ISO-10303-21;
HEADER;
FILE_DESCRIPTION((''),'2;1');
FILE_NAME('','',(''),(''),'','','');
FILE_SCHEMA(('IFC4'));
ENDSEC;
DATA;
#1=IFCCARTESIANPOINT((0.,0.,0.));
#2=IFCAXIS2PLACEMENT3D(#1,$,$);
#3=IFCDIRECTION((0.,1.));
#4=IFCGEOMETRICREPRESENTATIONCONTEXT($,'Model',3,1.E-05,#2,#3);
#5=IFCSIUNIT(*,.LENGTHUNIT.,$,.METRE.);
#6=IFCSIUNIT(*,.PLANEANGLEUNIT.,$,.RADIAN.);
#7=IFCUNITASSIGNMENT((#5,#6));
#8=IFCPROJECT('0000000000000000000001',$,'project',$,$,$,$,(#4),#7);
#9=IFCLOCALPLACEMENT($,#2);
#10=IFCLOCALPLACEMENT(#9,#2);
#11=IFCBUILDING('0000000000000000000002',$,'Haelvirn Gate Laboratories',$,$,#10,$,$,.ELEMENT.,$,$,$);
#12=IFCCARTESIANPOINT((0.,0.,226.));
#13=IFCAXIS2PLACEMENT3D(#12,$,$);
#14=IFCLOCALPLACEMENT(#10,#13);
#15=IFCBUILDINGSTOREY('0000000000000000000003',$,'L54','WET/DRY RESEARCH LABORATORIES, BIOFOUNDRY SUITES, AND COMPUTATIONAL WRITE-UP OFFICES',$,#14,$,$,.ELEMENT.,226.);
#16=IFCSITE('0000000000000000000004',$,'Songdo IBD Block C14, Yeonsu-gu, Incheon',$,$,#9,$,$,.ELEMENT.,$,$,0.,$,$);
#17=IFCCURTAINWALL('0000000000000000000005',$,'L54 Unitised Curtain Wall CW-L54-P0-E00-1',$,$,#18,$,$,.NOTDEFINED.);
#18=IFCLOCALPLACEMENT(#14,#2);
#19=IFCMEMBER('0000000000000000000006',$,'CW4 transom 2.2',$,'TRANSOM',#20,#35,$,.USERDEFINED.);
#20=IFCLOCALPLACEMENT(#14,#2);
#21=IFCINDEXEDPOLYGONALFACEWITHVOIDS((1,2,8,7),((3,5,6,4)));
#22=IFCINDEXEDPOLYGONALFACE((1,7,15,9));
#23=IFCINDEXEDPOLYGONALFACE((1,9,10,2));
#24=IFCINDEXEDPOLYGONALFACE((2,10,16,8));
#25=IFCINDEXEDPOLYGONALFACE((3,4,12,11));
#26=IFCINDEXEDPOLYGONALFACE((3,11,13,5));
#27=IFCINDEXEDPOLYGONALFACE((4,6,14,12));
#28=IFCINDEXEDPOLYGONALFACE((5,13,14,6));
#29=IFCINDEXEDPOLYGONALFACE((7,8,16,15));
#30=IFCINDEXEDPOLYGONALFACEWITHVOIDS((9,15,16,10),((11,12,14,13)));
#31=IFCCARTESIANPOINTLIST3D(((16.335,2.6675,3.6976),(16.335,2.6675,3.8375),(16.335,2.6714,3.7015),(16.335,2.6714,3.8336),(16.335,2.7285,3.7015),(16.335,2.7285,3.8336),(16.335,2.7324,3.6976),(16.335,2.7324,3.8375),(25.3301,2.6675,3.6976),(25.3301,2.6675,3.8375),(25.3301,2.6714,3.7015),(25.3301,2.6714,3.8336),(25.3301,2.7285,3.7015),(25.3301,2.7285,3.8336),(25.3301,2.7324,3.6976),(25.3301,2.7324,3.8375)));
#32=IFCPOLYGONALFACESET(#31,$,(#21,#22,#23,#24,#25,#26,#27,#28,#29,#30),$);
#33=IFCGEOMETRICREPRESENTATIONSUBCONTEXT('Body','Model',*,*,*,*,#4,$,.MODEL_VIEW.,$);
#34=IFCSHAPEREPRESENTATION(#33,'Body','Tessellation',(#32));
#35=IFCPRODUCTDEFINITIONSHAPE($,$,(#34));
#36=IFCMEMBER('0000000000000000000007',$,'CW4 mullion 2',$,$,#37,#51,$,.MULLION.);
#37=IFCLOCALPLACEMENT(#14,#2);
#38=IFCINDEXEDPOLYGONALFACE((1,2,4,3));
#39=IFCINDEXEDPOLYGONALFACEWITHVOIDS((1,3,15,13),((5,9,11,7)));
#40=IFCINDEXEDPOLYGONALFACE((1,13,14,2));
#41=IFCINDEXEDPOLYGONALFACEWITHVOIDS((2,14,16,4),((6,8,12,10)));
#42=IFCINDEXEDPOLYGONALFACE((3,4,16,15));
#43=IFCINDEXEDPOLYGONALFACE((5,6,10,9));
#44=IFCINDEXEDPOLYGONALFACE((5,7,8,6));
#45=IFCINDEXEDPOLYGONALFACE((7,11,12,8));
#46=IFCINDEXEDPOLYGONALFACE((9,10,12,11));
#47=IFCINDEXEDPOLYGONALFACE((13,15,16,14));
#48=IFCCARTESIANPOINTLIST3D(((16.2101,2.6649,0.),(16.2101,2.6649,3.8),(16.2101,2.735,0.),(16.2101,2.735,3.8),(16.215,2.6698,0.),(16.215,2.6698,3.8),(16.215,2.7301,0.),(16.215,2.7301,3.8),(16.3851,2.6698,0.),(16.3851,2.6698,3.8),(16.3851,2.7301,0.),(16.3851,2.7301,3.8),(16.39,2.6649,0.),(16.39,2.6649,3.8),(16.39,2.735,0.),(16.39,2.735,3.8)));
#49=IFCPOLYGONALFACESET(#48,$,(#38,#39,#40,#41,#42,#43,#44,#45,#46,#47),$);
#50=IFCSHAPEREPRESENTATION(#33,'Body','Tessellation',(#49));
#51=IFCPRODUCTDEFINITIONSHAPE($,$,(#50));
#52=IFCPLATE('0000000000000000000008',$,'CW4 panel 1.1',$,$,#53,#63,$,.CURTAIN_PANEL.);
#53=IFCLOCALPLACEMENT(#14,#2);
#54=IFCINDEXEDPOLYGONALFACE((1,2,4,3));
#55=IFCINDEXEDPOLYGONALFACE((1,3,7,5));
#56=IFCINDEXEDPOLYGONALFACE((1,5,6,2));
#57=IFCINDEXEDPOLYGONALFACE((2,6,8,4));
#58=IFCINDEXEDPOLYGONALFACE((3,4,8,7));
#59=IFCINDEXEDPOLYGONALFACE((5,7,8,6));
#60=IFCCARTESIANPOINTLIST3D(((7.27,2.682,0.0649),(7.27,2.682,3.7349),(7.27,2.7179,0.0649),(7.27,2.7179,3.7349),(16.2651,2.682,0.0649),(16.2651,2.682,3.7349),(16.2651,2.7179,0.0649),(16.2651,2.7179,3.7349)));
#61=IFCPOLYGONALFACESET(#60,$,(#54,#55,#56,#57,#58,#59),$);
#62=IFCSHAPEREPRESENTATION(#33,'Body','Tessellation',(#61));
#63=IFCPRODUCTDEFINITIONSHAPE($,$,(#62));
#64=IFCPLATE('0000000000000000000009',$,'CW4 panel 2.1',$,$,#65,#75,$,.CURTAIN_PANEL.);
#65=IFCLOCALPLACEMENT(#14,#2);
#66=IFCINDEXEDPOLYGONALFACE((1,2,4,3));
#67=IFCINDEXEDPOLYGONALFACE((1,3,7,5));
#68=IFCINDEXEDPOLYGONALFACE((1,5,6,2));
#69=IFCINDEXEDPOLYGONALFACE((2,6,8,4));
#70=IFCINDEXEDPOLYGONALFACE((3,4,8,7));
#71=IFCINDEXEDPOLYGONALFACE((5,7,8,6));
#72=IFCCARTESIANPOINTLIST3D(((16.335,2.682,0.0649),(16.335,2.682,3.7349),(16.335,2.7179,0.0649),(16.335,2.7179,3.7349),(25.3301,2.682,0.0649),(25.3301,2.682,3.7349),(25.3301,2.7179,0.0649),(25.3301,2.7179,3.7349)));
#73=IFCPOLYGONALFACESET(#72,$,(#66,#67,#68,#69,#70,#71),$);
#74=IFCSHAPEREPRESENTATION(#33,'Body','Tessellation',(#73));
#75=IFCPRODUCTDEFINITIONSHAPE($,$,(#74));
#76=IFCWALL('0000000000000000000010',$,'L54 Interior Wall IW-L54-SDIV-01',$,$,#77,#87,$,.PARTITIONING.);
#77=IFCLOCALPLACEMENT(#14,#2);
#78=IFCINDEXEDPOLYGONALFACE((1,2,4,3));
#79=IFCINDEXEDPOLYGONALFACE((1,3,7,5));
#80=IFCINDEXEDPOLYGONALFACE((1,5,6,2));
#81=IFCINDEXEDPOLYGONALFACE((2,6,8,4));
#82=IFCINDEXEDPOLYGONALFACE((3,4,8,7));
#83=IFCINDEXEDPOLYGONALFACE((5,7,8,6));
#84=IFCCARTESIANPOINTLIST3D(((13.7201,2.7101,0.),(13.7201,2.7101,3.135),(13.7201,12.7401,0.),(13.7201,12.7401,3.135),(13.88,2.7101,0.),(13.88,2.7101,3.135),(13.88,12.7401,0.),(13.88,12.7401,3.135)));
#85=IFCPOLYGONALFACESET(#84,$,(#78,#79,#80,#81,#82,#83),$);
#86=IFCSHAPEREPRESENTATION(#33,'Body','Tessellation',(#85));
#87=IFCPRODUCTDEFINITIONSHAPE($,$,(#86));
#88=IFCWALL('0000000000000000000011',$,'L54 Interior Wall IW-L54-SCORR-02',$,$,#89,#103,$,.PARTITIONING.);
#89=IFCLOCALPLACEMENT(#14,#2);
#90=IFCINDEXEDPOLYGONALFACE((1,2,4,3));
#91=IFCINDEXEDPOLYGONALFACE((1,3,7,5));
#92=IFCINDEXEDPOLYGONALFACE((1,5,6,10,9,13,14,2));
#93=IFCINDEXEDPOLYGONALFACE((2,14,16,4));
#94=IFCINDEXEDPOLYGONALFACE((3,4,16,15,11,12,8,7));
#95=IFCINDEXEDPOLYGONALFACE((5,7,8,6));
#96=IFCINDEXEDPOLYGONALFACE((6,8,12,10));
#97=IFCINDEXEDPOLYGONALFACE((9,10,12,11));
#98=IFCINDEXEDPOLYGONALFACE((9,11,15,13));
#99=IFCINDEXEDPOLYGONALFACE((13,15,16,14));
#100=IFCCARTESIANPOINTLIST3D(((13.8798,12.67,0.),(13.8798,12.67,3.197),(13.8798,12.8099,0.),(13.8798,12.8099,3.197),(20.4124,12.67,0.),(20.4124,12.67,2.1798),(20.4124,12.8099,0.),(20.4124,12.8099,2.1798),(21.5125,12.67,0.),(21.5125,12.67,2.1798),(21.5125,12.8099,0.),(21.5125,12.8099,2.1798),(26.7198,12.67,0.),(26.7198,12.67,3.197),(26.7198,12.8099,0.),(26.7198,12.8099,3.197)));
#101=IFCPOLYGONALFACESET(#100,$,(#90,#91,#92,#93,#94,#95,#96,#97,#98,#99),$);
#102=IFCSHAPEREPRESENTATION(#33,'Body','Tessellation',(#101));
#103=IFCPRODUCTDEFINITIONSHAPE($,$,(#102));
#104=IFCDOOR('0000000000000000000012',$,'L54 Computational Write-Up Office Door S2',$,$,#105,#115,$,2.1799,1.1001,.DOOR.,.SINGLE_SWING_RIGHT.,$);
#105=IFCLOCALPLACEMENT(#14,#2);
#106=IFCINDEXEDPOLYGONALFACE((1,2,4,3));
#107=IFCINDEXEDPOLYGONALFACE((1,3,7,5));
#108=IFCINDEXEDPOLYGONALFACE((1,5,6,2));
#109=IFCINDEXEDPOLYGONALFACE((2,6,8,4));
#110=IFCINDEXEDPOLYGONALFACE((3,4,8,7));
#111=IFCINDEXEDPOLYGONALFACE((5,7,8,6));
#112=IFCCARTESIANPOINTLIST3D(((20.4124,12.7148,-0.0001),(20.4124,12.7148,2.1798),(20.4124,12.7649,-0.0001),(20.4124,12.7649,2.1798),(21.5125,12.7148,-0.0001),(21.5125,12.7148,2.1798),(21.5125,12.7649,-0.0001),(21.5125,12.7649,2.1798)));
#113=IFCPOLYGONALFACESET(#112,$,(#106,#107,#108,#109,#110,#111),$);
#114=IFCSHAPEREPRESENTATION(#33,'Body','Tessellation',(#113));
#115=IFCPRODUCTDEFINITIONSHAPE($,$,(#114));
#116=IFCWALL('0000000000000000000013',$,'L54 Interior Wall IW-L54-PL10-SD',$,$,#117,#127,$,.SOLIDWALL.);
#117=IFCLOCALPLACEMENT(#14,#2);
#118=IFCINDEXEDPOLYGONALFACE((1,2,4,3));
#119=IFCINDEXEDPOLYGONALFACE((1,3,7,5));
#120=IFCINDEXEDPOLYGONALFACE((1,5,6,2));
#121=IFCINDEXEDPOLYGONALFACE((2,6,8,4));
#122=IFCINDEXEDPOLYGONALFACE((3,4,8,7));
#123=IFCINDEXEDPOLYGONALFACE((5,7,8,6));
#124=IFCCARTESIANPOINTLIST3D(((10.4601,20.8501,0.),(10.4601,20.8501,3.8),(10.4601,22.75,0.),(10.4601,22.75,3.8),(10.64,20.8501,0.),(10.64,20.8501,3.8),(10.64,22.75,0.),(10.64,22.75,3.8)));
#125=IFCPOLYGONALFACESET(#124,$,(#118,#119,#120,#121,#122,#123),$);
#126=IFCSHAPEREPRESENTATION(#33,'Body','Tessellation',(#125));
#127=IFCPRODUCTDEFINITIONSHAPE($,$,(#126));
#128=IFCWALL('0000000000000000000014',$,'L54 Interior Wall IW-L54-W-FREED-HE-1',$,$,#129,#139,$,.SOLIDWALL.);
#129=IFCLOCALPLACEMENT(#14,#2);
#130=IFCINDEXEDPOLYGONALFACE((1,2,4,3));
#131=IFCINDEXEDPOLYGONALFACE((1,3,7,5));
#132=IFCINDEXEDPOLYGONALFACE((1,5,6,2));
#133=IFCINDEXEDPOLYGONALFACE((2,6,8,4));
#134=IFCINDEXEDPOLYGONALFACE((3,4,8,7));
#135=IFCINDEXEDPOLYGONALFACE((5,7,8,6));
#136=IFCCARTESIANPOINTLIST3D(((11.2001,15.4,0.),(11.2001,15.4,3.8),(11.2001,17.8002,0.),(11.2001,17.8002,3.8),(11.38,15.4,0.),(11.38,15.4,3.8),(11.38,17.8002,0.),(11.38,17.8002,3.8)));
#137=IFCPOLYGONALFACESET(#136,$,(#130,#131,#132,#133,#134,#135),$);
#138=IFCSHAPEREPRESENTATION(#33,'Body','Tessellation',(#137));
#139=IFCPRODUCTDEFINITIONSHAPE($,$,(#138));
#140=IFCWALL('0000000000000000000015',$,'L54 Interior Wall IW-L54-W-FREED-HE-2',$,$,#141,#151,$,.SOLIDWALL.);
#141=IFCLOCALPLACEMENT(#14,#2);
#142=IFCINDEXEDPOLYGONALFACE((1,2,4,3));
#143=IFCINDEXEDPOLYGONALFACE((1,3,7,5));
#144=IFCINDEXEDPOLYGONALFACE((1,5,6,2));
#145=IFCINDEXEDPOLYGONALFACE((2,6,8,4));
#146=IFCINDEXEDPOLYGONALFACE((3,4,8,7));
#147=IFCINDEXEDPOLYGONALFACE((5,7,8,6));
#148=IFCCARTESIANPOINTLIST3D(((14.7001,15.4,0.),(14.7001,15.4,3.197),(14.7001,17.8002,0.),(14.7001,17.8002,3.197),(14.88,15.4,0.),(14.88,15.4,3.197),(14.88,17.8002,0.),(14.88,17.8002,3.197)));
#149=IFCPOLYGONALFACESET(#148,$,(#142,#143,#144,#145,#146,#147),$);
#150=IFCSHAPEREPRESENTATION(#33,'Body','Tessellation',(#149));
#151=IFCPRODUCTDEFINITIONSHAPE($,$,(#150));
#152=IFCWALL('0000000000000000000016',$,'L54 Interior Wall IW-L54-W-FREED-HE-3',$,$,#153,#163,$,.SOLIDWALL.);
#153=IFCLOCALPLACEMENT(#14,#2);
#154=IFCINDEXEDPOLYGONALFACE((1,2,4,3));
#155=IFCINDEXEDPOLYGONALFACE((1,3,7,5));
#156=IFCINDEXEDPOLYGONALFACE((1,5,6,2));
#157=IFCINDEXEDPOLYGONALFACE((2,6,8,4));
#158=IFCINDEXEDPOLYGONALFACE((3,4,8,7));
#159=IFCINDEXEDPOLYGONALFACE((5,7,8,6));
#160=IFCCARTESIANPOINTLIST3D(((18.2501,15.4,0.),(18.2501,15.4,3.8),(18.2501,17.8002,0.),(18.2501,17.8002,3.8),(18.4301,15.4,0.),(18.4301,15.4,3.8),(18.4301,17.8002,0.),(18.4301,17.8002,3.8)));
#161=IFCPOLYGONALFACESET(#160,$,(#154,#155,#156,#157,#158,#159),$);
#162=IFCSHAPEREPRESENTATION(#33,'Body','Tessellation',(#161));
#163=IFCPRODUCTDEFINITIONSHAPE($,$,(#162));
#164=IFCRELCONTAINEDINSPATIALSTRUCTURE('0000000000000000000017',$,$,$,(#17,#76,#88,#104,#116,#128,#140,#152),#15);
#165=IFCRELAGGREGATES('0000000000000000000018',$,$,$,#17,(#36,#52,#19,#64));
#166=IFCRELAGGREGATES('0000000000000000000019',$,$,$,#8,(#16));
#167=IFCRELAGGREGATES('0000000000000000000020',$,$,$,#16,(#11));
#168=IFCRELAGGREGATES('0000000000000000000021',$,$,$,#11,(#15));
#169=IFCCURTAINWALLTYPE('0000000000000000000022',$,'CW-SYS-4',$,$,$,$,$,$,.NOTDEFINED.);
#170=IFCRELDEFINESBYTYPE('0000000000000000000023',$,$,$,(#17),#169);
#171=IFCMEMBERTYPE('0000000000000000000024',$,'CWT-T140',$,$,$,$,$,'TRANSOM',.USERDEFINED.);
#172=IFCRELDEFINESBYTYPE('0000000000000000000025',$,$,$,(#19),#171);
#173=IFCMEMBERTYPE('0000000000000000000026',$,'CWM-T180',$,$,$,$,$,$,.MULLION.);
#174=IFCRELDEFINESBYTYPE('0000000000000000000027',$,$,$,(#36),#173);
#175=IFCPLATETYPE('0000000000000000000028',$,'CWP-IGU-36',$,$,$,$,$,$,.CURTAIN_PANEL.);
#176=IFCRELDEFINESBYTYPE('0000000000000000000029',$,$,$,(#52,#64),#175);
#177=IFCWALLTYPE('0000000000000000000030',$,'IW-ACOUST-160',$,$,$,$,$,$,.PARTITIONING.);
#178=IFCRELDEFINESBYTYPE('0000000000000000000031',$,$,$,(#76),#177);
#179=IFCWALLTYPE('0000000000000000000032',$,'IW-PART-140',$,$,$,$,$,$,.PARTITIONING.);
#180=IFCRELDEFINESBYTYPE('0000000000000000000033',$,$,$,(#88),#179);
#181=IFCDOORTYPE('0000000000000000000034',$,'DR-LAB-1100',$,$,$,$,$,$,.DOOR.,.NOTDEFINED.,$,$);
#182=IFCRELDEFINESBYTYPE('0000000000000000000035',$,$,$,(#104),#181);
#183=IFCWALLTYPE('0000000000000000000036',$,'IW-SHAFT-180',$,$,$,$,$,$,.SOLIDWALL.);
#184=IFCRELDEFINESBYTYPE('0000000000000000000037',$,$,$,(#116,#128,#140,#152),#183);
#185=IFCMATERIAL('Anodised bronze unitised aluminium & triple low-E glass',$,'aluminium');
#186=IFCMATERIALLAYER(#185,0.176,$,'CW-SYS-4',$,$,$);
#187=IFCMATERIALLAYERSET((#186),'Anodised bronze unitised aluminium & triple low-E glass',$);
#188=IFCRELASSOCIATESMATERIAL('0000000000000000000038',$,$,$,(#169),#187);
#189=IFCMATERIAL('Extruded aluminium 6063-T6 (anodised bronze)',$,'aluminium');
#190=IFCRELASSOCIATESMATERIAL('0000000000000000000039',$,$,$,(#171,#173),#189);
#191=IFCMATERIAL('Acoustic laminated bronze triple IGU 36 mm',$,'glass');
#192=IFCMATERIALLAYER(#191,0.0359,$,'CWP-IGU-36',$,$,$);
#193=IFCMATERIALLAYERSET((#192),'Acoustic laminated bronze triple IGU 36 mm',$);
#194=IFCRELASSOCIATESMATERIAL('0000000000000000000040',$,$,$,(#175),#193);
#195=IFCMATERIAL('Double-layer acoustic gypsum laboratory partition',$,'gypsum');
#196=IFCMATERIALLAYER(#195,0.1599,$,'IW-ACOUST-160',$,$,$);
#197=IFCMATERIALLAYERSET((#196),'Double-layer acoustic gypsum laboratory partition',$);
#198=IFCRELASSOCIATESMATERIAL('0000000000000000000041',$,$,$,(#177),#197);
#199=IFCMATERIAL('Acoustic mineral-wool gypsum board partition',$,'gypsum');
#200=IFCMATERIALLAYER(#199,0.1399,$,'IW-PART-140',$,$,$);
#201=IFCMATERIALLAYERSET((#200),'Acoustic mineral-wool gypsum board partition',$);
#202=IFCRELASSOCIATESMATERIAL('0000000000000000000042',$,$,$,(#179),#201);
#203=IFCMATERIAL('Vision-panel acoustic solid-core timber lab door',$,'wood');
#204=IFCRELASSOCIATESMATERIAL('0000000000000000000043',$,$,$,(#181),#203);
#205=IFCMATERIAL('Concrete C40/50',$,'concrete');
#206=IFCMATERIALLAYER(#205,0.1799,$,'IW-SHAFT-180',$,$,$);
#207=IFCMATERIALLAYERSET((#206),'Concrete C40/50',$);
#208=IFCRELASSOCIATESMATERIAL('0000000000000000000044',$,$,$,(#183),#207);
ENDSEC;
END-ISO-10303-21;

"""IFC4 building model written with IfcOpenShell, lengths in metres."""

from ifc_helpers import new_model, si_unit, direction, frame, frame_2d, origin, origin_2d, place, context, subcontext, project, spatial, rectangle, hollow_rectangle, extrude, source, transform, mapped, material, layer, layer_set, material_profile, profile_set, type_object, type_shapes, element, fill, aggregate, save


model = new_model("IFC4")

# Units and contexts
model_context = context("Model", 3, precision=1e-05, world=origin(), true_north=direction((0.0, 1.0)))
body_context = subcontext(model_context, "Body", "Model", "MODEL_VIEW")
ifc_project = project(units=[si_unit("LENGTHUNIT", "METRE"), si_unit("PLANEANGLEUNIT", "RADIAN")], contexts=[model_context])

# Site, building, storey
site_placement = place(None, origin())
site = spatial("IfcSite", under=ifc_project, at=site_placement, Name="Songdo IBD Block C14, Yeonsu-gu, Incheon", CompositionType="ELEMENT", RefElevation=0.0)
building_placement = place(site_placement, origin())
building = spatial("IfcBuilding", under=site, at=building_placement, Name="Haelvirn Gate Laboratories", CompositionType="ELEMENT")
storey_placement = place(building_placement, frame((0.0, 0.0, 226.0)))
storey = spatial("IfcBuildingStorey", under=building, at=storey_placement, Name="L54", Description="WET/DRY RESEARCH LABORATORIES, BIOFOUNDRY SUITES, AND COMPUTATIONAL WRITE-UP OFFICES", CompositionType="ELEMENT", Elevation=226.0)

# Curtain wall, members, plates
ifc_material_1 = material(Name="Anodised bronze unitised aluminium & triple low-E glass", Category="aluminium")
ifc_layer_1 = layer(ifc_material_1, 0.176, Name="CW-SYS-4")
ifc_layer_set_1 = layer_set([ifc_layer_1], Name="Anodised bronze unitised aluminium & triple low-E glass")
curtain_wall_type = type_object("IfcCurtainWallType", Name="CW-SYS-4", PredefinedType="NOTDEFINED", material=ifc_layer_set_1)
curtain_wall_placement = place(storey_placement, origin())
curtain_wall = element("IfcCurtainWall", 1, at=curtain_wall_placement, inside=storey, type_object=curtain_wall_type, Name="L54 Unitised Curtain Wall CW-L54-P0-E00-1", PredefinedType="NOTDEFINED")
ifc_material_2 = material(Name="Extruded aluminium 6063-T6 (anodised bronze)", Category="aluminium")
ifc_material_profile_1 = material_profile(ifc_material_2, hollow_rectangle(XDim=0.0649, YDim=0.1399, WallThickness=0.0039, at=origin_2d()), Name="CWT-140x65x4")
ifc_profile_set_1 = profile_set([ifc_material_profile_1], Name="Extruded aluminium 6063-T6 (anodised bronze)")
member_type_1 = type_object("IfcMemberType", Name="CWT-T140", ElementType="TRANSOM", PredefinedType="USERDEFINED", material=ifc_profile_set_1)
shared_shape_1 = source(origin(), body_context, "Body", "SweptSolid", [
    extrude(hollow_rectangle(XDim=0.0649, YDim=0.1399, WallThickness=0.0039, at=origin_2d()), origin(), (0.0, 0.0, 1.0), 8.9951),
])
type_shapes(member_type_1, [shared_shape_1])
member_1_placement = place(storey_placement, frame((16.335, 2.7, 3.7676), z_axis=(1.0, 0.0, 0.0), x_axis=(0.0, 1.0, 0.0)))
member_1 = element("IfcMember", 2, at=member_1_placement, type_object=member_type_1, Name="CW4 transom 2.2", ObjectType="TRANSOM", PredefinedType="USERDEFINED", context=body_context, shape_type="MappedRepresentation", body=[
    mapped(shared_shape_1, transform((0.0, 0.0, 0.0), scale=1.0)),
])
ifc_material_profile_2 = material_profile(ifc_material_2, hollow_rectangle(XDim=0.0701, YDim=0.1799, WallThickness=0.0049, at=origin_2d()), Name="CWM-180x70x5")
ifc_profile_set_2 = profile_set([ifc_material_profile_2], Name="Extruded aluminium 6063-T6 (anodised bronze)")
member_type_2 = type_object("IfcMemberType", Name="CWM-T180", PredefinedType="MULLION", material=ifc_profile_set_2)
shared_shape_2 = source(origin(), body_context, "Body", "SweptSolid", [
    extrude(hollow_rectangle(XDim=0.0701, YDim=0.1799, WallThickness=0.0049, at=origin_2d()), origin(), (0.0, 0.0, 1.0), 3.8),
])
type_shapes(member_type_2, [shared_shape_2])
member_2_placement = place(storey_placement, frame((16.3, 2.7, 0.0), z_axis=(0.0, 0.0, 1.0), x_axis=(0.0, 1.0, 0.0)))
member_2 = element("IfcMember", 3, at=member_2_placement, type_object=member_type_2, Name="CW4 mullion 2", PredefinedType="MULLION", context=body_context, shape_type="MappedRepresentation", body=[
    mapped(shared_shape_2, transform((0.0, 0.0, 0.0), scale=1.0)),
])
ifc_material_3 = material(Name="Acoustic laminated bronze triple IGU 36 mm", Category="glass")
ifc_layer_2 = layer(ifc_material_3, 0.0359, Name="CWP-IGU-36")
ifc_layer_set_2 = layer_set([ifc_layer_2], Name="Acoustic laminated bronze triple IGU 36 mm")
plate_type = type_object("IfcPlateType", Name="CWP-IGU-36", PredefinedType="CURTAIN_PANEL", material=ifc_layer_set_2)
shared_shape_3 = source(origin(), body_context, "Body", "SweptSolid", [
    extrude(rectangle(XDim=8.9951, YDim=0.0359, at=origin_2d()), origin(), (0.0, 0.0, 1.0), 3.6699),
])
type_shapes(plate_type, [shared_shape_3])
plate_1_placement = place(storey_placement, frame((11.7676, 2.7, 0.0649), z_axis=(0.0, 0.0, 1.0), x_axis=(1.0, 0.0, 0.0)))
plate_1 = element("IfcPlate", 4, at=plate_1_placement, type_object=plate_type, Name="CW4 panel 1.1", PredefinedType="CURTAIN_PANEL", context=body_context, shape_type="MappedRepresentation", body=[
    mapped(shared_shape_3, transform((0.0, 0.0, 0.0), scale=1.0)),
])
plate_2_placement = place(storey_placement, frame((20.8325, 2.7, 0.0649), z_axis=(0.0, 0.0, 1.0), x_axis=(1.0, 0.0, 0.0)))
plate_2 = element("IfcPlate", 5, at=plate_2_placement, type_object=plate_type, Name="CW4 panel 2.1", PredefinedType="CURTAIN_PANEL", context=body_context, shape_type="MappedRepresentation", body=[
    mapped(shared_shape_3, transform((0.0, 0.0, 0.0), scale=1.0)),
])
aggregate(curtain_wall, [member_2, plate_1, member_1, plate_2])

# Wall
ifc_material_4 = material(Name="Double-layer acoustic gypsum laboratory partition", Category="gypsum")
ifc_layer_3 = layer(ifc_material_4, 0.1599, Name="IW-ACOUST-160")
ifc_layer_set_3 = layer_set([ifc_layer_3], Name="Double-layer acoustic gypsum laboratory partition")
wall_type_1 = type_object("IfcWallType", Name="IW-ACOUST-160", PredefinedType="PARTITIONING", material=ifc_layer_set_3)
wall_1_placement = place(storey_placement, frame((13.8, 2.71, 0.0), z_axis=(0.0, 0.0, 1.0), x_axis=(0.0, 1.0, 0.0)))
element("IfcWall", 6, at=wall_1_placement, inside=storey, type_object=wall_type_1, Name="L54 Interior Wall IW-L54-SDIV-01", PredefinedType="PARTITIONING", context=body_context, shape_type="SweptSolid", body=[
    extrude(rectangle(XDim=10.03, YDim=0.1599, at=frame_2d((5.0151, 0.0))), origin(), (0.0, 0.0, 1.0), 3.135),
])

# Wall, opening, door
ifc_material_5 = material(Name="Acoustic mineral-wool gypsum board partition", Category="gypsum")
ifc_layer_4 = layer(ifc_material_5, 0.1399, Name="IW-PART-140")
ifc_layer_set_4 = layer_set([ifc_layer_4], Name="Acoustic mineral-wool gypsum board partition")
wall_type_2 = type_object("IfcWallType", Name="IW-PART-140", PredefinedType="PARTITIONING", material=ifc_layer_set_4)
wall_2_placement = place(storey_placement, frame((13.8799, 12.74, 0.0), z_axis=(0.0, 0.0, 1.0), x_axis=(1.0, 0.0, 0.0)))
wall_2 = element("IfcWall", 7, at=wall_2_placement, inside=storey, type_object=wall_type_2, Name="L54 Interior Wall IW-L54-SCORR-02", PredefinedType="PARTITIONING", context=body_context, shape_type="SweptSolid", body=[
    extrude(rectangle(XDim=12.8401, YDim=0.1399, at=frame_2d((6.4199, 0.0))), origin(), (0.0, 0.0, 1.0), 3.197),
])
opening_1_placement = place(wall_2_placement, frame((6.5325, 0.0, 0.0)))
opening_1 = element("IfcOpeningElement", 8, at=opening_1_placement, cuts=wall_2, PredefinedType="OPENING", context=body_context, shape_type="SweptSolid", body=[
    extrude(rectangle(XDim=1.1001, YDim=2.1799, at=frame_2d((0.55, 1.0898))), frame((0.0, 0.0801, 0.0), z_axis=(0.0, -1.0, 0.0), x_axis=(1.0, 0.0, 0.0)), (0.0, 0.0, 1.0), 0.1599),
])
ifc_material_6 = material(Name="Vision-panel acoustic solid-core timber lab door", Category="wood")
door_type_1 = type_object("IfcDoorType", Name="DR-LAB-1100", OperationType="NOTDEFINED", PredefinedType="DOOR", material=ifc_material_6)
shared_shape_4 = source(origin(), body_context, "Body", "SweptSolid", [
    extrude(rectangle(XDim=1.1001, YDim=2.1799, at=frame_2d((0.55, 1.0898))), frame((0.0, 0.0249, 0.0), z_axis=(0.0, -1.0, 0.0), x_axis=(1.0, 0.0, 0.0)), (0.0, 0.0, 1.0), 0.05),
])
type_shapes(door_type_1, [shared_shape_4])
door_1_placement = place(opening_1_placement, origin())
door_1 = element("IfcDoor", 9, at=door_1_placement, inside=storey, type_object=door_type_1, Name="L54 Computational Write-Up Office Door S2", OperationType="SINGLE_SWING_RIGHT", OverallHeight=2.1799, OverallWidth=1.1001, PredefinedType="DOOR", context=body_context, shape_type="MappedRepresentation", body=[
    mapped(shared_shape_4, transform((0.0, 0.0, 0.0), scale=1.0)),
])
fill(opening_1, door_1)

# Walls
ifc_material_7 = material(Name="Concrete C40/50", Category="concrete")
ifc_layer_5 = layer(ifc_material_7, 0.1799, Name="IW-SHAFT-180")
ifc_layer_set_5 = layer_set([ifc_layer_5], Name="Concrete C40/50")
wall_type_3 = type_object("IfcWallType", Name="IW-SHAFT-180", PredefinedType="SOLIDWALL", material=ifc_layer_set_5)
wall_3_placement = place(storey_placement, frame((10.55, 20.8501, 0.0), z_axis=(0.0, 0.0, 1.0), x_axis=(0.0, 1.0, 0.0)))
element("IfcWall", 10, at=wall_3_placement, inside=storey, type_object=wall_type_3, Name="L54 Interior Wall IW-L54-PL10-SD", PredefinedType="SOLIDWALL", context=body_context, shape_type="SweptSolid", body=[
    extrude(rectangle(XDim=1.8999, YDim=0.1799, at=frame_2d((0.95, 0.0))), origin(), (0.0, 0.0, 1.0), 3.8),
])
wall_4_placement = place(storey_placement, frame((11.29, 15.3999, 0.0), z_axis=(0.0, 0.0, 1.0), x_axis=(0.0, 1.0, 0.0)))
element("IfcWall", 11, at=wall_4_placement, inside=storey, type_object=wall_type_3, Name="L54 Interior Wall IW-L54-W-FREED-HE-1", PredefinedType="SOLIDWALL", context=body_context, shape_type="SweptSolid", body=[
    extrude(rectangle(XDim=2.4001, YDim=0.1799, at=frame_2d((1.2002, 0.0))), origin(), (0.0, 0.0, 1.0), 3.8),
])

# Wall
wall_5_placement = place(storey_placement, frame((14.79, 15.3999, 0.0), z_axis=(0.0, 0.0, 1.0), x_axis=(0.0, 1.0, 0.0)))
element("IfcWall", 12, at=wall_5_placement, inside=storey, type_object=wall_type_3, Name="L54 Interior Wall IW-L54-W-FREED-HE-2", PredefinedType="SOLIDWALL", context=body_context, shape_type="SweptSolid", body=[
    extrude(rectangle(XDim=2.4001, YDim=0.1799, at=frame_2d((1.2002, 0.0))), origin(), (0.0, 0.0, 1.0), 3.197),
])

# Wall
wall_6_placement = place(storey_placement, frame((18.3401, 15.3999, 0.0), z_axis=(0.0, 0.0, 1.0), x_axis=(0.0, 1.0, 0.0)))
element("IfcWall", 13, at=wall_6_placement, inside=storey, type_object=wall_type_3, Name="L54 Interior Wall IW-L54-W-FREED-HE-3", PredefinedType="SOLIDWALL", context=body_context, shape_type="SweptSolid", body=[
    extrude(rectangle(XDim=2.4001, YDim=0.1799, at=frame_2d((1.2002, 0.0))), origin(), (0.0, 0.0, 1.0), 3.8),
])

save(model, "model.ifc")
